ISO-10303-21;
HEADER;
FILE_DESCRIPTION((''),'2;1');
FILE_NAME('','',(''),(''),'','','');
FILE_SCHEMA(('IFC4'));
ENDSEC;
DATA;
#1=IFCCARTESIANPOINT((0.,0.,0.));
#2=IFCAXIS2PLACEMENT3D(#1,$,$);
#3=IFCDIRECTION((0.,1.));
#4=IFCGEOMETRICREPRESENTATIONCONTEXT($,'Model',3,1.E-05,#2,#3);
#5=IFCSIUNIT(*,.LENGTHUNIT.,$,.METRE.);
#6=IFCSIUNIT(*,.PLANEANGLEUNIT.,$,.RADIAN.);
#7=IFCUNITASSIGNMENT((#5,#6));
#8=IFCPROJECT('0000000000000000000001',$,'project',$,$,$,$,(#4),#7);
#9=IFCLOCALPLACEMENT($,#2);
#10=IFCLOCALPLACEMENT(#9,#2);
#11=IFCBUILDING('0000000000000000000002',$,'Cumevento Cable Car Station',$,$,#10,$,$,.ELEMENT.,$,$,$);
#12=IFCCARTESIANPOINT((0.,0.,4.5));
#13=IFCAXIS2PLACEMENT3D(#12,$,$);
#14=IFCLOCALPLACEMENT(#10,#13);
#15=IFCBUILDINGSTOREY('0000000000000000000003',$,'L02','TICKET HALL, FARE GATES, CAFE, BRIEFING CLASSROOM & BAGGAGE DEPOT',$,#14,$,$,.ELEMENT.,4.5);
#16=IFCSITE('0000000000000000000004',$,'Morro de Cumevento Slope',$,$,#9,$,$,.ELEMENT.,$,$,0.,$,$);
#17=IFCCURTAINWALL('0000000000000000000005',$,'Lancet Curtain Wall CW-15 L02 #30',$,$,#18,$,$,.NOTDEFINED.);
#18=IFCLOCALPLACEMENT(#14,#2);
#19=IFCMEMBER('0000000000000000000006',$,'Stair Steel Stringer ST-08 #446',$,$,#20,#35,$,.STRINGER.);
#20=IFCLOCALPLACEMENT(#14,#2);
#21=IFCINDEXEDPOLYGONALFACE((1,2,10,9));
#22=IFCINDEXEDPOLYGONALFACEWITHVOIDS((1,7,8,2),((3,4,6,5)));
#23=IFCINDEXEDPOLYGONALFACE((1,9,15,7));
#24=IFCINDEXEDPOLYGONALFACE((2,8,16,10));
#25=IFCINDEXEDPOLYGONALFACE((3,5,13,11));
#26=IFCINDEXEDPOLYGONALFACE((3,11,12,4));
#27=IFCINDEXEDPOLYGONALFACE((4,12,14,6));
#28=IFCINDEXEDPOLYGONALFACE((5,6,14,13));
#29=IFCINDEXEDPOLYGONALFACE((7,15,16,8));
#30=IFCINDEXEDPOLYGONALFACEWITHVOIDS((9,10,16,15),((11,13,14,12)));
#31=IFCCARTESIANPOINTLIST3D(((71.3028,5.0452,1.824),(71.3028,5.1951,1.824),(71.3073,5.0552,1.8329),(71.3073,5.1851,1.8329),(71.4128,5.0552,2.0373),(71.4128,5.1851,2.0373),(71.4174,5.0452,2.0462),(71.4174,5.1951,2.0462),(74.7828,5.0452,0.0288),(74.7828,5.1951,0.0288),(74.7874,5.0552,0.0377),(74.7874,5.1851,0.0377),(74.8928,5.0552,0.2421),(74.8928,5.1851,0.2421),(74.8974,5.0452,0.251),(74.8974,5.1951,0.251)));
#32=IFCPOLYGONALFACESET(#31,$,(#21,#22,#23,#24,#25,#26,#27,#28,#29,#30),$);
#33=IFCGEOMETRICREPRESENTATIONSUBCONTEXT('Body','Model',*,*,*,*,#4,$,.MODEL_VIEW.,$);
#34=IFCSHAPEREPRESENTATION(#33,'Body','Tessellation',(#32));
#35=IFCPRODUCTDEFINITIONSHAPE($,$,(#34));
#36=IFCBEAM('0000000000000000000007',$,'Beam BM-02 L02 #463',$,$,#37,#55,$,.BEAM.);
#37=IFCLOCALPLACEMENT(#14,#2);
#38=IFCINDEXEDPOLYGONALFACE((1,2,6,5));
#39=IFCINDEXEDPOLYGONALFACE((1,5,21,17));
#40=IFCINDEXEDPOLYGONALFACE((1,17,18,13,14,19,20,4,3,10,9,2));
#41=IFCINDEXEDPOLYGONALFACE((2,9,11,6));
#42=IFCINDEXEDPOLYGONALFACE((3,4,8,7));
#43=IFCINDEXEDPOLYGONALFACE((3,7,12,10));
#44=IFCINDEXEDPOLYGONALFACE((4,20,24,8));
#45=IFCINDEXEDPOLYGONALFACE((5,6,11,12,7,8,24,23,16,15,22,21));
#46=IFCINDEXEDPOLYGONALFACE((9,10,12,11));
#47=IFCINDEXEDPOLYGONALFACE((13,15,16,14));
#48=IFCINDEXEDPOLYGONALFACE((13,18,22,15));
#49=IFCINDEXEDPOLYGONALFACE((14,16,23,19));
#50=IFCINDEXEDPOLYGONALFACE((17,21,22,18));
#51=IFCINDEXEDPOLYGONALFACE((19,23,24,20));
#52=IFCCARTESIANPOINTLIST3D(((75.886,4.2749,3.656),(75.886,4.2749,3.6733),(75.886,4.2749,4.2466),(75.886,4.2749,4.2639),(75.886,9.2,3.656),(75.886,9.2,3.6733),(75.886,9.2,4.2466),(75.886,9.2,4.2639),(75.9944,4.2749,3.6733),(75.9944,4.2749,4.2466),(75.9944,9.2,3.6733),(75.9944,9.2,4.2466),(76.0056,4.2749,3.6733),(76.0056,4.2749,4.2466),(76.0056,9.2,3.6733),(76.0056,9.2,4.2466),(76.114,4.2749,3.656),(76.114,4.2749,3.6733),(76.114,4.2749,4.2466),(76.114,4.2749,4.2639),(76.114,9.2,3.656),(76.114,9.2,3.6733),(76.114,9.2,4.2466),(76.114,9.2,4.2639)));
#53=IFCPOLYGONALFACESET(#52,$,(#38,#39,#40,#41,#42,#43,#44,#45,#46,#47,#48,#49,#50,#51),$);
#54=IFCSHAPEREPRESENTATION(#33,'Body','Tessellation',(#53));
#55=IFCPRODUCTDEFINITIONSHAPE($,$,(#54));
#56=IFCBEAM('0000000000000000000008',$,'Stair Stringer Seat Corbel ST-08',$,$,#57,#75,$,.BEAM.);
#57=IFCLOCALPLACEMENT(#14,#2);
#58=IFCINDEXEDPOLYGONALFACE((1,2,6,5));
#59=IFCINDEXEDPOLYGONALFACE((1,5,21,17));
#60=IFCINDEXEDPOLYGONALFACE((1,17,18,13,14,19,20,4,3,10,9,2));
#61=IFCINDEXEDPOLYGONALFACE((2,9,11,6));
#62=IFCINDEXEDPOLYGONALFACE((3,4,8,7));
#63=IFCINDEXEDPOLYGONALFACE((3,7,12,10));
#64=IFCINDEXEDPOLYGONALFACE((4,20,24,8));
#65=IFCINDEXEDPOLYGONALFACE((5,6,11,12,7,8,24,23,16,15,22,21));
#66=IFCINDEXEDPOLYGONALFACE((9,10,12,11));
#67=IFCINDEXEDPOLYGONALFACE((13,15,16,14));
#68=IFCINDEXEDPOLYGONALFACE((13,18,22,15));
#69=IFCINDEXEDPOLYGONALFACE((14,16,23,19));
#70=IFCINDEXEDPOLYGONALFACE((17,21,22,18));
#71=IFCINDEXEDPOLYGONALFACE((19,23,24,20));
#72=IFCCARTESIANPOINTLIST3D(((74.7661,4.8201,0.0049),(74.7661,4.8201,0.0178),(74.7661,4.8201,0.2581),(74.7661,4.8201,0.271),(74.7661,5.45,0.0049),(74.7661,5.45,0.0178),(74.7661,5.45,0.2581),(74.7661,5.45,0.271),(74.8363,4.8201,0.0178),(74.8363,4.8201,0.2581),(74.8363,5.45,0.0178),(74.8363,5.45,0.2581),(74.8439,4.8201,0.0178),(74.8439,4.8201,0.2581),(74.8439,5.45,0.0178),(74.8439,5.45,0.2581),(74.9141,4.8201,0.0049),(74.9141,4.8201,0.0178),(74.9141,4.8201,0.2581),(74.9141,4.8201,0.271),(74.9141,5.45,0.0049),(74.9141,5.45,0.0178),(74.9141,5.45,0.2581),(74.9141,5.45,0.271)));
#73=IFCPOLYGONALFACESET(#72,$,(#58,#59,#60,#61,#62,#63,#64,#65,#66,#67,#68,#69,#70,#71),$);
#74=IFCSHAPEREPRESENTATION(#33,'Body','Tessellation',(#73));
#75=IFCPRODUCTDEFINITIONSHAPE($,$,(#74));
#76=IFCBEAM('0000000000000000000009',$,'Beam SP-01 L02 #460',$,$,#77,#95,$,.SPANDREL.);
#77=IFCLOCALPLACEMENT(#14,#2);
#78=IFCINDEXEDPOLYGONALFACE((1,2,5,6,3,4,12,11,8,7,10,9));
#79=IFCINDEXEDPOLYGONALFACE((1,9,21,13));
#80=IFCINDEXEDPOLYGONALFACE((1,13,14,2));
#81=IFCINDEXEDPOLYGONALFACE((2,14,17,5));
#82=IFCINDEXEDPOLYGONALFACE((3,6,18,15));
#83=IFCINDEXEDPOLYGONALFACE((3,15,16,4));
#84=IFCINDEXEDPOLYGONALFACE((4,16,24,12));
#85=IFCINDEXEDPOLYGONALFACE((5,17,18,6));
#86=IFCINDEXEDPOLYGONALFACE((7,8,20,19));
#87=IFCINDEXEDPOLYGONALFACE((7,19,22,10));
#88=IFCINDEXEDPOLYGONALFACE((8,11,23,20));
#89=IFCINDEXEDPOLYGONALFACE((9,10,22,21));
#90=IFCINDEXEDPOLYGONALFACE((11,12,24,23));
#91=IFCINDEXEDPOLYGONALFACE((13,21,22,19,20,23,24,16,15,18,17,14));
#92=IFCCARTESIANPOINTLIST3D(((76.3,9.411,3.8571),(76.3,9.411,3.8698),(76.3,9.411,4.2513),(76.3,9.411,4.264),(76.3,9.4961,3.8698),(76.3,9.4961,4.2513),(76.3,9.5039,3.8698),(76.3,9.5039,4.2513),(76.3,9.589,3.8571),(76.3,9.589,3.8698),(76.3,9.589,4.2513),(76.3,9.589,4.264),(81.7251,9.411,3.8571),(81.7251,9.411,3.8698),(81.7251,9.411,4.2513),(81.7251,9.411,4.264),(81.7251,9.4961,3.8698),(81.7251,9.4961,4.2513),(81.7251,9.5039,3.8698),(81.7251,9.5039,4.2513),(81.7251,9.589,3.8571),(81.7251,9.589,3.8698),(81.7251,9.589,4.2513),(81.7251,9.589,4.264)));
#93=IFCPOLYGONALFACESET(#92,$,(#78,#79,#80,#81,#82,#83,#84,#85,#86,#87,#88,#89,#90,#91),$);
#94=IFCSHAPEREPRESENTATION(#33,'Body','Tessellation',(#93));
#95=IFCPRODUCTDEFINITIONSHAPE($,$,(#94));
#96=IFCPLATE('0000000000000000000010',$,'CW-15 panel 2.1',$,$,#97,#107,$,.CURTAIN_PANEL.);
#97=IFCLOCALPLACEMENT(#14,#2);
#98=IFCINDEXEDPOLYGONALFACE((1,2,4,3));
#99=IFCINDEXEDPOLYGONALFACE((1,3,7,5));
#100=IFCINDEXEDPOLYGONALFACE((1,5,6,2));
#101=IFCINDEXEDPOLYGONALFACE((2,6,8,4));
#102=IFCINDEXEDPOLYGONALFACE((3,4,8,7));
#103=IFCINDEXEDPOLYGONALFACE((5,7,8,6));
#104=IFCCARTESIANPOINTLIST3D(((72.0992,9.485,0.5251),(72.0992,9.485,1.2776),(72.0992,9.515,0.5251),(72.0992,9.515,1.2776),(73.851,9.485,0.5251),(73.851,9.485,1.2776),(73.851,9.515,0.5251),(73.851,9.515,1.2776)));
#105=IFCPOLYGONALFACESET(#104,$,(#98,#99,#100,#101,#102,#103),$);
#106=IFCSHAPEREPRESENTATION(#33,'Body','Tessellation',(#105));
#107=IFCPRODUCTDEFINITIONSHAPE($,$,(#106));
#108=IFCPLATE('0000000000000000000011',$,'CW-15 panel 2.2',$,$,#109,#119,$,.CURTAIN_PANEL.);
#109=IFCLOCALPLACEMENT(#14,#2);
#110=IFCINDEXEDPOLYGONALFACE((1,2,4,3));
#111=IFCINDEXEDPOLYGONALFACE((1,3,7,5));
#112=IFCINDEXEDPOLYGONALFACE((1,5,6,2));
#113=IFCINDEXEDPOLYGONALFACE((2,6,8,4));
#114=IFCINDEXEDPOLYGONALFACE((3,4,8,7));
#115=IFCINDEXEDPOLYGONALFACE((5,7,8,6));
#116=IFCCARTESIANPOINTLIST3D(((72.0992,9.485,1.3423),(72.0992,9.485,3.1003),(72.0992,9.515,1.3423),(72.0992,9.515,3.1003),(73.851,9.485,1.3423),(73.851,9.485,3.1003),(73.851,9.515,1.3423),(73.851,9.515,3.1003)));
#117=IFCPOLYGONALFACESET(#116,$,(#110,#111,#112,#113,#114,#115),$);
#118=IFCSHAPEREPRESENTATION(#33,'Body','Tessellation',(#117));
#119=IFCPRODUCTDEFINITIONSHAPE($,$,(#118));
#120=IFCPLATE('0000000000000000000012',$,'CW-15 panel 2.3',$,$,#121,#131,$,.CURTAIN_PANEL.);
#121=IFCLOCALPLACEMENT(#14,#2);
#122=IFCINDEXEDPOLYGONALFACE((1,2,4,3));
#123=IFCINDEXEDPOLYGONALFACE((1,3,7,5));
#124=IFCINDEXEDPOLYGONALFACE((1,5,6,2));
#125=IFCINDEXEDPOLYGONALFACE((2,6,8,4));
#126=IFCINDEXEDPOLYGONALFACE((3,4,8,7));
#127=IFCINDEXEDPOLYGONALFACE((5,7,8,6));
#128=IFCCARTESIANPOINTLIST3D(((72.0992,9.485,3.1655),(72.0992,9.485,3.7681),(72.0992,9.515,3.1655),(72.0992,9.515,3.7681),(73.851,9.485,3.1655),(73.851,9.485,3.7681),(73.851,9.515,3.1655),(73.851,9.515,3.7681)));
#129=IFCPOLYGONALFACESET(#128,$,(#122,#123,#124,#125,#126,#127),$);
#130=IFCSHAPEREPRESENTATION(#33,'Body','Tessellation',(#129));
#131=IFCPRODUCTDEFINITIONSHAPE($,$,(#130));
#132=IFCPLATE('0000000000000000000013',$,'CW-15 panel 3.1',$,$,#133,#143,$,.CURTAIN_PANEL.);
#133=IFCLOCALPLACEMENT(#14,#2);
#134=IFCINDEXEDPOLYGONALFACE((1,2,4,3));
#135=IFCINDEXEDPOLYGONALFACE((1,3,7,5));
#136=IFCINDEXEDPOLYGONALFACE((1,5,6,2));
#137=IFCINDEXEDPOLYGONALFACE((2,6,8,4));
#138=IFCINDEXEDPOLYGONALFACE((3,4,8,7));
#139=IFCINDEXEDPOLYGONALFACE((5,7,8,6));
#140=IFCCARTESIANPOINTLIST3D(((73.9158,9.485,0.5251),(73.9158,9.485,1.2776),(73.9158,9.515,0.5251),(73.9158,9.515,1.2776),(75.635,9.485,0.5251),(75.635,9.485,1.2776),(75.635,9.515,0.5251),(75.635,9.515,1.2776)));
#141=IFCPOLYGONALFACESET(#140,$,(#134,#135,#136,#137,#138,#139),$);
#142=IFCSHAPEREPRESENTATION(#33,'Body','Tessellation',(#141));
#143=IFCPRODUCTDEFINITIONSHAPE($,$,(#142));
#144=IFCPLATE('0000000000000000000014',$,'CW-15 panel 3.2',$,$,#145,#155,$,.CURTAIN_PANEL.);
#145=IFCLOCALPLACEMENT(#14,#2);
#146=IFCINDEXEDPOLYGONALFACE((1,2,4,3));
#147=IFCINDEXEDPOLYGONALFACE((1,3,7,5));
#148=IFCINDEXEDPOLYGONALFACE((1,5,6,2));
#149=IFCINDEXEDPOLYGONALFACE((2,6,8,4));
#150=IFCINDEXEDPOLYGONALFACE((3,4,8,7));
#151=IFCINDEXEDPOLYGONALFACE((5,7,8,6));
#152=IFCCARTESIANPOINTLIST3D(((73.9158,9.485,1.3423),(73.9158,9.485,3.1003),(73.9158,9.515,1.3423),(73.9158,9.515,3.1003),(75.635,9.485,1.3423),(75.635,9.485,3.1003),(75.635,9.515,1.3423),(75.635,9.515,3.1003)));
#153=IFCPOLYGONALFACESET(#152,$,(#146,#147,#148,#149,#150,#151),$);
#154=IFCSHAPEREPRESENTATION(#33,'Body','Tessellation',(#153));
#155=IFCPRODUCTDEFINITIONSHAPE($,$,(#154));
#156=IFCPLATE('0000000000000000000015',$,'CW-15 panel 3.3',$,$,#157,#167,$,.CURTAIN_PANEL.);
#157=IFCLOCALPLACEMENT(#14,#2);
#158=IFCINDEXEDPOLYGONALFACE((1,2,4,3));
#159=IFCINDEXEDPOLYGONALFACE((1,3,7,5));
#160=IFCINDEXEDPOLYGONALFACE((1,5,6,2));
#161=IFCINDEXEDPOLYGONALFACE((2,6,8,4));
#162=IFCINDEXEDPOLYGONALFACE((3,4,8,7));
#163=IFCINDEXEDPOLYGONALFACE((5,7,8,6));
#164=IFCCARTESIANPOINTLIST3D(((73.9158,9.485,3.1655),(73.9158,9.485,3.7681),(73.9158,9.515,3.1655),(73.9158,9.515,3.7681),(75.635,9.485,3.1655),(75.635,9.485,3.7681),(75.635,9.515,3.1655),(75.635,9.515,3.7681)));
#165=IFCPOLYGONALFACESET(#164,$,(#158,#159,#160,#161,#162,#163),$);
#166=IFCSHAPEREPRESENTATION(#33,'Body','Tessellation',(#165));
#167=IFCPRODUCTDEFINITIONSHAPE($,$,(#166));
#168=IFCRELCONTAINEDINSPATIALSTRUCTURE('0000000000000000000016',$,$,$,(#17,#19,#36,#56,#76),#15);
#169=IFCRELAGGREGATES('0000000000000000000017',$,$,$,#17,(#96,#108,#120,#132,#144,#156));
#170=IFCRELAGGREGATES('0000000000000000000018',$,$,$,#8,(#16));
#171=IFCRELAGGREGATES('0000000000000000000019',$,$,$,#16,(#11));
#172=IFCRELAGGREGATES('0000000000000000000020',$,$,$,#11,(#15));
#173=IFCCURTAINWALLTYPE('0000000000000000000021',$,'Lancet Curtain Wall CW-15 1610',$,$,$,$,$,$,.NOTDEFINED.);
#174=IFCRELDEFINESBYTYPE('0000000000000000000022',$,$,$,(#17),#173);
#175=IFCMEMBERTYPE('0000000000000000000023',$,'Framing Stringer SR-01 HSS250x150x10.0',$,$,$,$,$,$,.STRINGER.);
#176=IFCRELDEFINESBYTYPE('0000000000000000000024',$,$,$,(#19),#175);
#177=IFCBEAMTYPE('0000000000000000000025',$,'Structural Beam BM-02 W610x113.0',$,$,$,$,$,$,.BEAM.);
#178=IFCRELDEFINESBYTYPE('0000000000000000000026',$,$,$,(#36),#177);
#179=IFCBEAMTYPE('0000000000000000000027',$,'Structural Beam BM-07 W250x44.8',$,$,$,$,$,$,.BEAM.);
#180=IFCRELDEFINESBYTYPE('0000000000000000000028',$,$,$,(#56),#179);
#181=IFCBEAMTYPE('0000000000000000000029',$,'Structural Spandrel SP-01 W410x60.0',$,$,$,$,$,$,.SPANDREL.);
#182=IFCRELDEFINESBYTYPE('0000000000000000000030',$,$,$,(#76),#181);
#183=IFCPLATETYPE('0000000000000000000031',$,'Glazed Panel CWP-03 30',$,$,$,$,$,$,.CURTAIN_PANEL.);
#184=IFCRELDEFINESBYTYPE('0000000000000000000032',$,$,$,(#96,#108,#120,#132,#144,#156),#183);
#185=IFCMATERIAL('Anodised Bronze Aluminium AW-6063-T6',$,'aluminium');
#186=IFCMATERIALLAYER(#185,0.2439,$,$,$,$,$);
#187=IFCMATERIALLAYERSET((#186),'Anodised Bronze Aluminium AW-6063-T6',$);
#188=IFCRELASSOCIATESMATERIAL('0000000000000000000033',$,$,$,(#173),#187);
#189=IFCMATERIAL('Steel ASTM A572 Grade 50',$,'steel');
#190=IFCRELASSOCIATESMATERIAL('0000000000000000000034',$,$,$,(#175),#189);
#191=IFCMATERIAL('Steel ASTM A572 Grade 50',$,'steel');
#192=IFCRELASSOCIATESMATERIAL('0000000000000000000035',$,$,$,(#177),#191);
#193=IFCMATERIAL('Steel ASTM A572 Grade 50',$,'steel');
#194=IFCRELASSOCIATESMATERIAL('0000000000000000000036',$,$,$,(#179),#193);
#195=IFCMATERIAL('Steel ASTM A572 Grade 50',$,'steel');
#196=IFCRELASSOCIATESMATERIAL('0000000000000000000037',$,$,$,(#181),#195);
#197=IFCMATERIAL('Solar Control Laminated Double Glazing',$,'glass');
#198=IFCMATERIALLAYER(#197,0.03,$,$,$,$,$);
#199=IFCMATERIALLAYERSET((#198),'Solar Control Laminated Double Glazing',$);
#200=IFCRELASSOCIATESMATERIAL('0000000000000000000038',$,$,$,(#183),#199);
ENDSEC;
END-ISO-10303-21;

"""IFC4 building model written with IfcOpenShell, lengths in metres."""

from ifc_helpers import new_model, si_unit, direction, frame, origin, origin_2d, place, context, subcontext, project, spatial, rectangle, hollow_rectangle, i_section, extrude, material, layer, layer_set, material_profile, profile_set, type_object, element, aggregate, save


model = new_model("IFC4")

# Units and contexts
model_context = context("Model", 3, precision=1e-05, world=origin(), true_north=direction((0.0, 1.0)))
body_context = subcontext(model_context, "Body", "Model", "MODEL_VIEW")
ifc_project = project(units=[si_unit("LENGTHUNIT", "METRE"), si_unit("PLANEANGLEUNIT", "RADIAN")], contexts=[model_context])

# Site, building, storey
site_placement = place(None, origin())
site = spatial("IfcSite", under=ifc_project, at=site_placement, Name="Morro de Cumevento Slope", CompositionType="ELEMENT", RefElevation=0.0)
building_placement = place(site_placement, origin())
building = spatial("IfcBuilding", under=site, at=building_placement, Name="Cumevento Cable Car Station", CompositionType="ELEMENT")
storey_placement = place(building_placement, frame((0.0, 0.0, 4.5)))
storey = spatial("IfcBuildingStorey", under=building, at=storey_placement, Name="L02", Description="TICKET HALL, FARE GATES, CAFE, BRIEFING CLASSROOM & BAGGAGE DEPOT", CompositionType="ELEMENT", Elevation=4.5)

# Curtain wall
ifc_material_1 = material(Name="Anodised Bronze Aluminium AW-6063-T6", Category="aluminium")
ifc_layer_1 = layer(ifc_material_1, 0.2439)
ifc_layer_set_1 = layer_set([ifc_layer_1], Name="Anodised Bronze Aluminium AW-6063-T6")
curtain_wall_type = type_object("IfcCurtainWallType", Name="Lancet Curtain Wall CW-15 1610", PredefinedType="NOTDEFINED", material=ifc_layer_set_1)
curtain_wall_placement = place(storey_placement, origin())
curtain_wall = element("IfcCurtainWall", 1, at=curtain_wall_placement, inside=storey, type_object=curtain_wall_type, Name="Lancet Curtain Wall CW-15 L02 #30", PredefinedType="NOTDEFINED")

# Member
ifc_material_2 = material(Name="Steel ASTM A572 Grade 50", Category="steel")
ifc_material_profile_1 = material_profile(ifc_material_2, hollow_rectangle(XDim=0.1499, YDim=0.25, WallThickness=0.01, at=origin_2d()), Name="HSS250x150x10.0")
ifc_profile_set_1 = profile_set([ifc_material_profile_1], Name="Steel ASTM A572 Grade 50")
member_type_1 = type_object("IfcMemberType", Name="Framing Stringer SR-01 HSS250x150x10.0", PredefinedType="STRINGER", material=ifc_profile_set_1)
member_1_placement = place(storey_placement, frame((74.8401, 5.1201, 0.1399), z_axis=(-0.88872, 0.0, 0.458451), x_axis=(0.0, -1.0, 0.0)))
element("IfcMember", 2, at=member_1_placement, inside=storey, type_object=member_type_1, Name="Stair Steel Stringer ST-08 #446", PredefinedType="STRINGER", context=body_context, shape_type="SweptSolid", body=[
    extrude(hollow_rectangle(XDim=0.1499, YDim=0.25, WallThickness=0.01, at=origin_2d()), origin(), (0.0, 0.0, 1.0), 3.9158),
])

# Beams
ifc_material_3 = material(Name="Steel ASTM A572 Grade 50", Category="steel")
ifc_material_profile_2 = material_profile(ifc_material_3, i_section(OverallWidth=0.228, OverallDepth=0.6079, WebThickness=0.0112, FlangeThickness=0.0173, at=origin_2d()), Name="W610x113.0")
ifc_profile_set_2 = profile_set([ifc_material_profile_2], Name="Steel ASTM A572 Grade 50")
beam_type_1 = type_object("IfcBeamType", Name="Structural Beam BM-02 W610x113.0", PredefinedType="BEAM", material=ifc_profile_set_2)
beam_1_placement = place(storey_placement, frame((76.0, 4.2749, 3.96), z_axis=(0.0, 1.0, 0.0), x_axis=(-1.0, 0.0, 0.0)))
element("IfcBeam", 3, at=beam_1_placement, inside=storey, type_object=beam_type_1, Name="Beam BM-02 L02 #463", PredefinedType="BEAM", context=body_context, shape_type="SweptSolid", body=[
    extrude(i_section(OverallWidth=0.228, OverallDepth=0.6079, WebThickness=0.0112, FlangeThickness=0.0173, at=origin_2d()), origin(), (0.0, 0.0, 1.0), 4.925),
])
ifc_material_4 = material(Name="Steel ASTM A572 Grade 50", Category="steel")
ifc_material_profile_3 = material_profile(ifc_material_4, i_section(OverallWidth=0.1479, OverallDepth=0.2661, WebThickness=0.0076, FlangeThickness=0.0129, at=origin_2d()), Name="W250x44.8")
ifc_profile_set_3 = profile_set([ifc_material_profile_3], Name="Steel ASTM A572 Grade 50")
beam_type_2 = type_object("IfcBeamType", Name="Structural Beam BM-07 W250x44.8", PredefinedType="BEAM", material=ifc_profile_set_3)
beam_2_placement = place(storey_placement, frame((74.8401, 4.8201, 0.1379), z_axis=(0.0, 1.0, 0.0), x_axis=(-1.0, 0.0, 0.0)))
element("IfcBeam", 4, at=beam_2_placement, inside=storey, type_object=beam_type_2, Name="Stair Stringer Seat Corbel ST-08", PredefinedType="BEAM", context=body_context, shape_type="SweptSolid", body=[
    extrude(i_section(OverallWidth=0.1479, OverallDepth=0.2661, WebThickness=0.0076, FlangeThickness=0.0129, at=origin_2d()), origin(), (0.0, 0.0, 1.0), 0.6299),
])
ifc_material_5 = material(Name="Steel ASTM A572 Grade 50", Category="steel")
ifc_material_profile_4 = material_profile(ifc_material_5, i_section(OverallWidth=0.178, OverallDepth=0.407, WebThickness=0.0078, FlangeThickness=0.0127, at=origin_2d()), Name="W410x60.0")
ifc_profile_set_4 = profile_set([ifc_material_profile_4], Name="Steel ASTM A572 Grade 50")
beam_type_3 = type_object("IfcBeamType", Name="Structural Spandrel SP-01 W410x60.0", PredefinedType="SPANDREL", material=ifc_profile_set_4)
beam_3_placement = place(storey_placement, frame((76.3, 9.5, 4.0605), z_axis=(1.0, 0.0, 0.0), x_axis=(0.0, 1.0, 0.0)))
element("IfcBeam", 5, at=beam_3_placement, inside=storey, type_object=beam_type_3, Name="Beam SP-01 L02 #460", PredefinedType="SPANDREL", context=body_context, shape_type="SweptSolid", body=[
    extrude(i_section(OverallWidth=0.178, OverallDepth=0.407, WebThickness=0.0078, FlangeThickness=0.0127, at=origin_2d()), origin(), (0.0, 0.0, 1.0), 5.425),
])

# Plates
ifc_material_6 = material(Name="Solar Control Laminated Double Glazing", Category="glass")
ifc_layer_2 = layer(ifc_material_6, 0.03)
ifc_layer_set_2 = layer_set([ifc_layer_2], Name="Solar Control Laminated Double Glazing")
plate_type = type_object("IfcPlateType", Name="Glazed Panel CWP-03 30", PredefinedType="CURTAIN_PANEL", material=ifc_layer_set_2)
plate_1_placement = place(storey_placement, frame((72.9751, 9.5, 0.5251), z_axis=(0.0, 0.0, 1.0), x_axis=(1.0, 0.0, 0.0)))
plate_1 = element("IfcPlate", 6, at=plate_1_placement, type_object=plate_type, Name="CW-15 panel 2.1", PredefinedType="CURTAIN_PANEL", context=body_context, shape_type="SweptSolid", body=[
    extrude(rectangle(XDim=1.7517, YDim=0.03, at=origin_2d()), origin(), (0.0, 0.0, 1.0), 0.7524),
])
plate_2_placement = place(storey_placement, frame((72.9751, 9.5, 1.3423), z_axis=(0.0, 0.0, 1.0), x_axis=(1.0, 0.0, 0.0)))
plate_2 = element("IfcPlate", 7, at=plate_2_placement, type_object=plate_type, Name="CW-15 panel 2.2", PredefinedType="CURTAIN_PANEL", context=body_context, shape_type="SweptSolid", body=[
    extrude(rectangle(XDim=1.7517, YDim=0.03, at=origin_2d()), origin(), (0.0, 0.0, 1.0), 1.7581),
])
plate_3_placement = place(storey_placement, frame((72.9751, 9.5, 3.1655), z_axis=(0.0, 0.0, 1.0), x_axis=(1.0, 0.0, 0.0)))
plate_3 = element("IfcPlate", 8, at=plate_3_placement, type_object=plate_type, Name="CW-15 panel 2.3", PredefinedType="CURTAIN_PANEL", context=body_context, shape_type="SweptSolid", body=[
    extrude(rectangle(XDim=1.7517, YDim=0.03, at=origin_2d()), origin(), (0.0, 0.0, 1.0), 0.6025),
])
plate_4_placement = place(storey_placement, frame((74.7754, 9.5, 0.5251), z_axis=(0.0, 0.0, 1.0), x_axis=(1.0, 0.0, 0.0)))
plate_4 = element("IfcPlate", 9, at=plate_4_placement, type_object=plate_type, Name="CW-15 panel 3.1", PredefinedType="CURTAIN_PANEL", context=body_context, shape_type="SweptSolid", body=[
    extrude(rectangle(XDim=1.7192, YDim=0.03, at=origin_2d()), origin(), (0.0, 0.0, 1.0), 0.7524),
])
plate_5_placement = place(storey_placement, frame((74.7754, 9.5, 1.3423), z_axis=(0.0, 0.0, 1.0), x_axis=(1.0, 0.0, 0.0)))
plate_5 = element("IfcPlate", 10, at=plate_5_placement, type_object=plate_type, Name="CW-15 panel 3.2", PredefinedType="CURTAIN_PANEL", context=body_context, shape_type="SweptSolid", body=[
    extrude(rectangle(XDim=1.7192, YDim=0.03, at=origin_2d()), origin(), (0.0, 0.0, 1.0), 1.7581),
])
plate_6_placement = place(storey_placement, frame((74.7754, 9.5, 3.1655), z_axis=(0.0, 0.0, 1.0), x_axis=(1.0, 0.0, 0.0)))
plate_6 = element("IfcPlate", 11, at=plate_6_placement, type_object=plate_type, Name="CW-15 panel 3.3", PredefinedType="CURTAIN_PANEL", context=body_context, shape_type="SweptSolid", body=[
    extrude(rectangle(XDim=1.7192, YDim=0.03, at=origin_2d()), origin(), (0.0, 0.0, 1.0), 0.6025),
])
aggregate(curtain_wall, [plate_1, plate_2, plate_3, plate_4, plate_5, plate_6])

save(model, "model.ifc")
